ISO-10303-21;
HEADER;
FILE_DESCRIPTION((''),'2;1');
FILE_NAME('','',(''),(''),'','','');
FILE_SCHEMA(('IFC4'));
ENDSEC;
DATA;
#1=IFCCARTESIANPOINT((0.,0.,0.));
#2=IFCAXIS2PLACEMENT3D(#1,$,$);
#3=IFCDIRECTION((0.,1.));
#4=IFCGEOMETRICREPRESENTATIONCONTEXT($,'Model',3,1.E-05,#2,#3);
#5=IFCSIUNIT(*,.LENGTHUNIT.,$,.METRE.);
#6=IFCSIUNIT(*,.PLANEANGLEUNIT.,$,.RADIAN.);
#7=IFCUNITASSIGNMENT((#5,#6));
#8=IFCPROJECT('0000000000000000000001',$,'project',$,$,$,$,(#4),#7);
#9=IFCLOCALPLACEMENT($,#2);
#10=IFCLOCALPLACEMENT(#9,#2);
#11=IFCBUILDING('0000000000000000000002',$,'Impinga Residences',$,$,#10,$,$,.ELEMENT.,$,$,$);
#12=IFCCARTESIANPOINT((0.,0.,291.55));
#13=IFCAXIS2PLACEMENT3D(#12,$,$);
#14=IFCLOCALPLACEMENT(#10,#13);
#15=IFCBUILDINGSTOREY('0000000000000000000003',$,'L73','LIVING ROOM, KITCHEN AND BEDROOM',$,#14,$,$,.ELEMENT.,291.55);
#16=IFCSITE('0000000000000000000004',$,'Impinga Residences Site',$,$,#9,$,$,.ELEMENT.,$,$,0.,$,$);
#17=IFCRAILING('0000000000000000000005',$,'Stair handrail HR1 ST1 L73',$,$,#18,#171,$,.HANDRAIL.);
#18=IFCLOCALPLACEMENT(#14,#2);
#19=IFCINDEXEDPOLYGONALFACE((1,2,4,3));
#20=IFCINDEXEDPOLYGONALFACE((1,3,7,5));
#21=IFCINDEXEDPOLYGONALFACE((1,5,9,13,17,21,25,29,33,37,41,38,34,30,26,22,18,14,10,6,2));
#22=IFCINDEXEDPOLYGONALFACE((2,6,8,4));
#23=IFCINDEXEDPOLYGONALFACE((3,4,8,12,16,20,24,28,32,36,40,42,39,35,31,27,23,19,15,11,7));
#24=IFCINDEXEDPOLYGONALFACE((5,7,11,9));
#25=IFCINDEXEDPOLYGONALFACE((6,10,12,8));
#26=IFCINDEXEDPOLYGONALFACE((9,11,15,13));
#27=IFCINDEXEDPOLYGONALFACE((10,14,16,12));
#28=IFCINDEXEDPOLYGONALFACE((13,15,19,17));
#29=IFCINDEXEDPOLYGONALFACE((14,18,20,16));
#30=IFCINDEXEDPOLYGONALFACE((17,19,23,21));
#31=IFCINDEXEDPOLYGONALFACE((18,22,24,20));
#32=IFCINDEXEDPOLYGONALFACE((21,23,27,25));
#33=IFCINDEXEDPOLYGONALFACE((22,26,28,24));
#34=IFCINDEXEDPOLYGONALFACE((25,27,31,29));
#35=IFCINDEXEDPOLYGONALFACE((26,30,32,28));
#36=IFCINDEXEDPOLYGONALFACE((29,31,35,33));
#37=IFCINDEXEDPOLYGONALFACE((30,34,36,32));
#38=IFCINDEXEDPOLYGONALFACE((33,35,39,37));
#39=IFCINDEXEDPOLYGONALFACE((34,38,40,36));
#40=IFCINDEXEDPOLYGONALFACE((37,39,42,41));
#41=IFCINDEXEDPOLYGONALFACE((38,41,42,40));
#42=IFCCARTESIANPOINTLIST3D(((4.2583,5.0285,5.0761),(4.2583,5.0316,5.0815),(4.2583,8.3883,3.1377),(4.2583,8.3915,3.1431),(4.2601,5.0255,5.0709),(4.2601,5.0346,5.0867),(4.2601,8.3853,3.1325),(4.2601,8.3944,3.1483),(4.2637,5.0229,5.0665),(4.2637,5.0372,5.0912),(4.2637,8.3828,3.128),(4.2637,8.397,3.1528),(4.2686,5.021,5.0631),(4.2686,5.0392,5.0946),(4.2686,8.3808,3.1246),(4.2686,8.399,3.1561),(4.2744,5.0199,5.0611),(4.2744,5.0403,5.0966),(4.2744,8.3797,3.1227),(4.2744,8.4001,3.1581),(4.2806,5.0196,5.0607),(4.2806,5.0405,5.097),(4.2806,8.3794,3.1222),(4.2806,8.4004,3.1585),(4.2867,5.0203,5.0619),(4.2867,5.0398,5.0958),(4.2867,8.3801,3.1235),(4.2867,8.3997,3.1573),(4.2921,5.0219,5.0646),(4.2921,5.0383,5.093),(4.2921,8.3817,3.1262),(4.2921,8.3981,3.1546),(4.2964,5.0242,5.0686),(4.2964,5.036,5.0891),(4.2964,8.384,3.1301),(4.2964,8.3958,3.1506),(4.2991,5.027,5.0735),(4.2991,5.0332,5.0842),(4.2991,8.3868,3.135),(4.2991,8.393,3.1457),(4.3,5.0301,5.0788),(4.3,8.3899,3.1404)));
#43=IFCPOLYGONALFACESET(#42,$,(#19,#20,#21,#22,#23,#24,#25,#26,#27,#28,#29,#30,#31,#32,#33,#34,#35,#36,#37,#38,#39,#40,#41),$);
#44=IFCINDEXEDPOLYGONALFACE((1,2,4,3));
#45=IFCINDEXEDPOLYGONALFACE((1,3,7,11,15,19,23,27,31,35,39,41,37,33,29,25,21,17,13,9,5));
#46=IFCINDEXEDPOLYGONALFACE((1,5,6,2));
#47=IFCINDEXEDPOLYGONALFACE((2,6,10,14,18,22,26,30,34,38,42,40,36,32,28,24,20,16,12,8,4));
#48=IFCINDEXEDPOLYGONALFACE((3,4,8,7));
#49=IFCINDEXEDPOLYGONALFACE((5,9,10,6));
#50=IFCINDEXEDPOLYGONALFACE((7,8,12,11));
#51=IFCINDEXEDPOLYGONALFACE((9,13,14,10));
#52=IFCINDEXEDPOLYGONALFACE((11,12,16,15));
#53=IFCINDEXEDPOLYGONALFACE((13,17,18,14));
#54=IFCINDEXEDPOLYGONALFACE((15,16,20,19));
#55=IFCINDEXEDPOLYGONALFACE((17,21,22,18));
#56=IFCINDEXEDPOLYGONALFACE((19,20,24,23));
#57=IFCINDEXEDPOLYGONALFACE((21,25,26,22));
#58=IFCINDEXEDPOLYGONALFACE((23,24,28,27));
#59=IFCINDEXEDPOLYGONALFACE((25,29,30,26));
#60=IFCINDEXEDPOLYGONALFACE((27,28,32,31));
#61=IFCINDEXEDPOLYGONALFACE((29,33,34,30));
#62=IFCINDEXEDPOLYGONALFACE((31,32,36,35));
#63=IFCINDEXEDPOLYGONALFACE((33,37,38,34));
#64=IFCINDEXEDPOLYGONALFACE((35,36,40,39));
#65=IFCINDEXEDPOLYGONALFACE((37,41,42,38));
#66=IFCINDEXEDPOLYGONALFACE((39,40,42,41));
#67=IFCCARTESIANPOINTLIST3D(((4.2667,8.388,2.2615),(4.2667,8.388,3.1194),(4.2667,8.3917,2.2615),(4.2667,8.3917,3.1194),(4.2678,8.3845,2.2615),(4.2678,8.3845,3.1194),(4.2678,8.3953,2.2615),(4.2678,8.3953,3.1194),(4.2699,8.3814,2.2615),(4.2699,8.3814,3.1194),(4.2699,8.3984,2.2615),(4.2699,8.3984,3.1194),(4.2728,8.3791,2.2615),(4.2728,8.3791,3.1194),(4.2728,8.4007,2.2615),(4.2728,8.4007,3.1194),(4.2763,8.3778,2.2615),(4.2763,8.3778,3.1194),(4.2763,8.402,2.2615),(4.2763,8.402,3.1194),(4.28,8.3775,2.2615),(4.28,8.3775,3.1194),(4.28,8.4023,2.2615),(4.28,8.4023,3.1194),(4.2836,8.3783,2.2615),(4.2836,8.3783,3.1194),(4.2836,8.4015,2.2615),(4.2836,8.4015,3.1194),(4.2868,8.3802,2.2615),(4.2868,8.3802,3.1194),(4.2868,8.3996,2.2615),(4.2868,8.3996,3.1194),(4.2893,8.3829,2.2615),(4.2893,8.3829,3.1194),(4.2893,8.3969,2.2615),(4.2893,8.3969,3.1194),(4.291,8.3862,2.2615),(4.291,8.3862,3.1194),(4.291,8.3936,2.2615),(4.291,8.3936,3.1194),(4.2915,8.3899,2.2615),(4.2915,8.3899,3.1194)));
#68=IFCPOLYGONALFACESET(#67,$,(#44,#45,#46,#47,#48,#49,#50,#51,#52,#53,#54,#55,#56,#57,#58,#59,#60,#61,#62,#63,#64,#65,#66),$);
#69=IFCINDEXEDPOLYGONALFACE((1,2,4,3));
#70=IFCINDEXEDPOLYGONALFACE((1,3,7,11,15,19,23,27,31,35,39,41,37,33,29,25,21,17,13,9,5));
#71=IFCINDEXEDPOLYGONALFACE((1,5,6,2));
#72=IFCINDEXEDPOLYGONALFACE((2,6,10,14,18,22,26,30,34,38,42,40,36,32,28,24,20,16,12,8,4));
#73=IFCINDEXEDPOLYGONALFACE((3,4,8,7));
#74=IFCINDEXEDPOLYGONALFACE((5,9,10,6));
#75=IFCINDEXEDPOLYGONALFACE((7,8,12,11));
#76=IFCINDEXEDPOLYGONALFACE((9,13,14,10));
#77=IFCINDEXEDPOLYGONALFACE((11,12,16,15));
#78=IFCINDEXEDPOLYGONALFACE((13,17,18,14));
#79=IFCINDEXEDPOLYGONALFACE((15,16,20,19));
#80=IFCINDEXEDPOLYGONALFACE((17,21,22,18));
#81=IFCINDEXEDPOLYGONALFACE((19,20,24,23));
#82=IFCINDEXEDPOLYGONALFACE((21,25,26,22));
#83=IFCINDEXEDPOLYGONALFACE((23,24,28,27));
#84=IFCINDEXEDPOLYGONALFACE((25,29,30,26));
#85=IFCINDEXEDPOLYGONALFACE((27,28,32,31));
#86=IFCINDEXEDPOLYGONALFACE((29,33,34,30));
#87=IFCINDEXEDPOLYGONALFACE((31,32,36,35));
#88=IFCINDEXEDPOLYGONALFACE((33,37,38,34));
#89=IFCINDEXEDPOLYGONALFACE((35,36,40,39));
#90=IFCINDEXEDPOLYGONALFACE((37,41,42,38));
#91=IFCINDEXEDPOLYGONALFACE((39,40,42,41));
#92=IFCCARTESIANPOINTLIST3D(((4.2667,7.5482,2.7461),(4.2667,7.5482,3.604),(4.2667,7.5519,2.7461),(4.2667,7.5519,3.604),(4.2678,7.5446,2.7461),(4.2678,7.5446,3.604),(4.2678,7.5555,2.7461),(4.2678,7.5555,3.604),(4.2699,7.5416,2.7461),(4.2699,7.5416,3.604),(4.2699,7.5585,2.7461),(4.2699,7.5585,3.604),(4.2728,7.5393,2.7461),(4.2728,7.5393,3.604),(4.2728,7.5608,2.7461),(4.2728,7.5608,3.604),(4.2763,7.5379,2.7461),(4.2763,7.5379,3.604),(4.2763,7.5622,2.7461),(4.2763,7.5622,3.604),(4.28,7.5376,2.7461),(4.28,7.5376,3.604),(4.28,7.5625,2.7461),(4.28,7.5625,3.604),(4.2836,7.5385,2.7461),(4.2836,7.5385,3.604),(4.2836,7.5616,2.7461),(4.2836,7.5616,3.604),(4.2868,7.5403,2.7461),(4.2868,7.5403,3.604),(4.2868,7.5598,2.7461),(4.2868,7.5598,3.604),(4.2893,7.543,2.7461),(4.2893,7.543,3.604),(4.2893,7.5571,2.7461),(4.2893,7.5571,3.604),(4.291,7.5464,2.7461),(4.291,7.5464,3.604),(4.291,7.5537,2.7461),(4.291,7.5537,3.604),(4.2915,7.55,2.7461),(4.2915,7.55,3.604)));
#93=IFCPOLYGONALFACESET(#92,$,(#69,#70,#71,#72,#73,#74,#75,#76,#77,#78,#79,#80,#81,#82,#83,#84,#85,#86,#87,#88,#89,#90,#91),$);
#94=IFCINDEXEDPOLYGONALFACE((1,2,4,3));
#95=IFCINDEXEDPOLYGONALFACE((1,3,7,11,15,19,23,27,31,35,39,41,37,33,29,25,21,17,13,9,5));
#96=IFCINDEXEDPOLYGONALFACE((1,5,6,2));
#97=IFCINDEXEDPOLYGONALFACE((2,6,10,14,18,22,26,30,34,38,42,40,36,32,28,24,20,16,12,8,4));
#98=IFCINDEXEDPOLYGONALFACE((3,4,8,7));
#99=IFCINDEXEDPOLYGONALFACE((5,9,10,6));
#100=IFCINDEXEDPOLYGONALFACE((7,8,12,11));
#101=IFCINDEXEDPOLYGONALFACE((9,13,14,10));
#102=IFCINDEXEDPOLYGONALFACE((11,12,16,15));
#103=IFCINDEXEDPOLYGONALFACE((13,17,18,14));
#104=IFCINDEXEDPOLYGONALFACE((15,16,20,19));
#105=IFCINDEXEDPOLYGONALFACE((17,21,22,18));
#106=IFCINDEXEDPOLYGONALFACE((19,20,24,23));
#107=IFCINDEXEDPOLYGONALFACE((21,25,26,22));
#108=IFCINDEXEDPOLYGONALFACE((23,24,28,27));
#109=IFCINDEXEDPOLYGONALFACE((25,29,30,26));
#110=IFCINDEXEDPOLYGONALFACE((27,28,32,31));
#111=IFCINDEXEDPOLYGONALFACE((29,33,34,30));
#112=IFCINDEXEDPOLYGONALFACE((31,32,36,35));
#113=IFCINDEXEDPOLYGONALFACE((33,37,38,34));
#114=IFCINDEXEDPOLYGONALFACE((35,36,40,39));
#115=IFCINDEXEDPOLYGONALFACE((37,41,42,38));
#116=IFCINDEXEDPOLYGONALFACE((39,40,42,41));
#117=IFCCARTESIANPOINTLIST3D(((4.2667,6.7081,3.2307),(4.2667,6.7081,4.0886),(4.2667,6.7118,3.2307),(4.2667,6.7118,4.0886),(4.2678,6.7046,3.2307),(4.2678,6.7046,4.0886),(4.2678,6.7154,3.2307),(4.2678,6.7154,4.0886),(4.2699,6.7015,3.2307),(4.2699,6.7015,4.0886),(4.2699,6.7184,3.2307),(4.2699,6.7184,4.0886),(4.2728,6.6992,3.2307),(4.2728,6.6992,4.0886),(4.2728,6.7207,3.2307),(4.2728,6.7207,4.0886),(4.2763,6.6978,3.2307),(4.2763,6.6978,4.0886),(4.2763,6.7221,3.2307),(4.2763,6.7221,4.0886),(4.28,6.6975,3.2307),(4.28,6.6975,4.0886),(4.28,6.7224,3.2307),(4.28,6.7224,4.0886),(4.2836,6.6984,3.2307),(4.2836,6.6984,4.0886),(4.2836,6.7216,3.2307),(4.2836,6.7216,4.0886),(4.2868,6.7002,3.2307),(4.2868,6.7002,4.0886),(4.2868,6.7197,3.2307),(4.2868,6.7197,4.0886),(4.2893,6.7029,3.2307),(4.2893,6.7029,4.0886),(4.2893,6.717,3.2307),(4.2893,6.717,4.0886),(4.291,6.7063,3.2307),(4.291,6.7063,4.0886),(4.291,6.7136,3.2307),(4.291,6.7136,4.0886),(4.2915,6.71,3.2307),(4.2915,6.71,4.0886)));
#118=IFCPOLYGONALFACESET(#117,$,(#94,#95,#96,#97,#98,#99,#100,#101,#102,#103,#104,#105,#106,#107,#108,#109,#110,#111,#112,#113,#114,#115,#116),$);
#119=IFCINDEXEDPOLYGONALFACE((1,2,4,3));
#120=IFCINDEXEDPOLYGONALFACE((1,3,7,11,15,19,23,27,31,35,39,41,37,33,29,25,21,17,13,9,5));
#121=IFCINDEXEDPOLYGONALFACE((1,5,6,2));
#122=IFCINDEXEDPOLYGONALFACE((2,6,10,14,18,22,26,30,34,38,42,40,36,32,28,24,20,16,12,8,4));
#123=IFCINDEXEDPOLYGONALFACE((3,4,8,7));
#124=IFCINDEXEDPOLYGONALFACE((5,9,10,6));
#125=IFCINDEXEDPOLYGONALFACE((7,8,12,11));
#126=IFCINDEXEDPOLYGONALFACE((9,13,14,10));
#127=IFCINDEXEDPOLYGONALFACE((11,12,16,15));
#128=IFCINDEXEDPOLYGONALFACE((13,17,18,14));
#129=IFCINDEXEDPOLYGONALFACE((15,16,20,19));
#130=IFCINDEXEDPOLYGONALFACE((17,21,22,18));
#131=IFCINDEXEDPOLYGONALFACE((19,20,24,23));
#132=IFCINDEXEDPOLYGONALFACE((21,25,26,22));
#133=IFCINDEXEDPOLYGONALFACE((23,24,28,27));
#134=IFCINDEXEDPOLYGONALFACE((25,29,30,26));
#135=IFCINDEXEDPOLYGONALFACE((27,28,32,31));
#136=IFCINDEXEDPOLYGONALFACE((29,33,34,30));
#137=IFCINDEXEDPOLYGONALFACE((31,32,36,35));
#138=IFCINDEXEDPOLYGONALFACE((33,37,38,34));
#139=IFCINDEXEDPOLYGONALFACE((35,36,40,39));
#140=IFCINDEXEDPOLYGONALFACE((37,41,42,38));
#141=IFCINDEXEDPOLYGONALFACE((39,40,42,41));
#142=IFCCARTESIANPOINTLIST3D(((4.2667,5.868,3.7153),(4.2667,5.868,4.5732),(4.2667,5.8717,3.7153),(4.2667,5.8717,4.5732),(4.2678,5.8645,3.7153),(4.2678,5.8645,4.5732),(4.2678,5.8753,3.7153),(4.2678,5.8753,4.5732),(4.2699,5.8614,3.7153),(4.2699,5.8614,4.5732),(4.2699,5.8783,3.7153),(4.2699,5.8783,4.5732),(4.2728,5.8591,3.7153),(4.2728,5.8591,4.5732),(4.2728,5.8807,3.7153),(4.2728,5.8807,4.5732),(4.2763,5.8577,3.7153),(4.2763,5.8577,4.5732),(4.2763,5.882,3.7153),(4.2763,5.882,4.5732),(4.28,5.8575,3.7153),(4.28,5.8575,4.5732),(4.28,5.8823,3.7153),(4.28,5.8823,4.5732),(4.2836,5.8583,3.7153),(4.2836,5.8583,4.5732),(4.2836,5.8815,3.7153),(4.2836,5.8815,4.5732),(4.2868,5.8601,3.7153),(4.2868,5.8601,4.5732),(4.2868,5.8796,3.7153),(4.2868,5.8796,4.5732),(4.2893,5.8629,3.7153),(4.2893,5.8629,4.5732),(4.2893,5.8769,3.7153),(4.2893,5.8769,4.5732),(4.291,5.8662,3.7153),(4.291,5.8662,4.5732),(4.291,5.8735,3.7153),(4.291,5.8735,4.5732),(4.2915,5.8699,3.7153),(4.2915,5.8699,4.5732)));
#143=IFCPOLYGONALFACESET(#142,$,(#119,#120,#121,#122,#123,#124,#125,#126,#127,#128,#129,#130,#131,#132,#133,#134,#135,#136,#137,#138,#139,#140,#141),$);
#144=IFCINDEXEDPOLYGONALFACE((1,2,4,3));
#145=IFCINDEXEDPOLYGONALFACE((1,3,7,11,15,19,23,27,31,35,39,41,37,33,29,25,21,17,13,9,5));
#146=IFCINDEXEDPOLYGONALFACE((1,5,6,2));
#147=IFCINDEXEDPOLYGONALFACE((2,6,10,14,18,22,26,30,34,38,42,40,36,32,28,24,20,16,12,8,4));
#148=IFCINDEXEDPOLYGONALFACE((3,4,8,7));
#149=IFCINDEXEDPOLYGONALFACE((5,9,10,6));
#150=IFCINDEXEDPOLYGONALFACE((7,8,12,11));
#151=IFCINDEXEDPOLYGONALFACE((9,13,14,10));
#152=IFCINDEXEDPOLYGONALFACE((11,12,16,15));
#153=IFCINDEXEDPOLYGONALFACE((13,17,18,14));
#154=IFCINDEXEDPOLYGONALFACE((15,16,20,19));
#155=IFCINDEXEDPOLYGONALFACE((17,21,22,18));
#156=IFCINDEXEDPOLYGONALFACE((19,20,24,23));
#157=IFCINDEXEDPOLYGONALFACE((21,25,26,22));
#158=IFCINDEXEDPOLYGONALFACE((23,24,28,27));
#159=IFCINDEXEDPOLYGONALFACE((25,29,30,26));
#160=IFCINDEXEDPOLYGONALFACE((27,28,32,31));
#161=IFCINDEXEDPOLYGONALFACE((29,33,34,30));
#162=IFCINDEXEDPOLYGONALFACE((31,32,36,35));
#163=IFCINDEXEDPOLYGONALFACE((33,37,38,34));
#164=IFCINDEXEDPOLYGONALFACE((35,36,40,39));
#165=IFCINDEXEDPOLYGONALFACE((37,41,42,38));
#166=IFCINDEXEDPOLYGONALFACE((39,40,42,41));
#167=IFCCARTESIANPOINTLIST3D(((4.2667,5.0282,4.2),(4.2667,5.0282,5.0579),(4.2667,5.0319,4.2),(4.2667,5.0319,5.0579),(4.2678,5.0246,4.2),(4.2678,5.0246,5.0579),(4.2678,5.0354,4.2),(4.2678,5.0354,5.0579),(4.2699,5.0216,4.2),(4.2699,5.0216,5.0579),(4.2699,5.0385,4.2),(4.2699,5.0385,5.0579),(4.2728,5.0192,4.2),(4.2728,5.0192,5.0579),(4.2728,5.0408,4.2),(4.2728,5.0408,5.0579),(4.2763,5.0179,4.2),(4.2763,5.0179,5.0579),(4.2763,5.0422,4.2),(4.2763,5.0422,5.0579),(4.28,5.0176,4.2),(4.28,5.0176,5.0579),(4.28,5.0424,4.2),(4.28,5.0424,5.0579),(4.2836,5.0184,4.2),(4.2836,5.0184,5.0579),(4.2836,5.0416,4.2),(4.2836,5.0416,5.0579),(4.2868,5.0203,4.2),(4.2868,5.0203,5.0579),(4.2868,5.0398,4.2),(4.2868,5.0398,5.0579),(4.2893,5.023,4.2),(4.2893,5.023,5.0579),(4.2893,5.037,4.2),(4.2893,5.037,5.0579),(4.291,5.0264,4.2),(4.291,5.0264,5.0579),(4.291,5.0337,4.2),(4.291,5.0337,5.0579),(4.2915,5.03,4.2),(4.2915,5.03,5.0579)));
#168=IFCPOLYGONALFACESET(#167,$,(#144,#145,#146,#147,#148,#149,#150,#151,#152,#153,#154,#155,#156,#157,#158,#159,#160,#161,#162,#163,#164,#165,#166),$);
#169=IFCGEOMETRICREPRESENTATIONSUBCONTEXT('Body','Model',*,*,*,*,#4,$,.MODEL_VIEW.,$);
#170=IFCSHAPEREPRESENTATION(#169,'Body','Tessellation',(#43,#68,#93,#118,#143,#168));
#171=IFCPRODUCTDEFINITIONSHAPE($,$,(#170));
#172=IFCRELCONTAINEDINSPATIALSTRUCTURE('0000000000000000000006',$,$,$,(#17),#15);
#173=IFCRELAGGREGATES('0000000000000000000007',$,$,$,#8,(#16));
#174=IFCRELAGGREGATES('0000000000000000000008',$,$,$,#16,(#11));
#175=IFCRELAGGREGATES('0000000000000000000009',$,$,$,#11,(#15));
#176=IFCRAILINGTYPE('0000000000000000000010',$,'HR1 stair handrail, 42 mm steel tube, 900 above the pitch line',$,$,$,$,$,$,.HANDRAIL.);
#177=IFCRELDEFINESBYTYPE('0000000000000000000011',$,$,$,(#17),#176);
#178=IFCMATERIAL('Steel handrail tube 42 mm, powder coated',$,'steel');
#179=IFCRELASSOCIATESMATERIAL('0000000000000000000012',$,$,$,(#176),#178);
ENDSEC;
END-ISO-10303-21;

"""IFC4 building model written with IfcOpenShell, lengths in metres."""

from ifc_helpers import new_model, si_unit, direction, frame, origin, origin_2d, place, context, subcontext, project, spatial, circle, extrude, material, type_object, element, save


model = new_model("IFC4")

# Units and contexts
model_context = context("Model", 3, precision=1e-05, world=origin(), true_north=direction((0.0, 1.0)))
body_context = subcontext(model_context, "Body", "Model", "MODEL_VIEW")
ifc_project = project(units=[si_unit("LENGTHUNIT", "METRE"), si_unit("PLANEANGLEUNIT", "RADIAN")], contexts=[model_context])

# Site, building, storey
site_placement = place(None, origin())
site = spatial("IfcSite", under=ifc_project, at=site_placement, Name="Impinga Residences Site", CompositionType="ELEMENT", RefElevation=0.0)
building_placement = place(site_placement, origin())
building = spatial("IfcBuilding", under=site, at=building_placement, Name="Impinga Residences", CompositionType="ELEMENT")
storey_placement = place(building_placement, frame((0.0, 0.0, 291.55)))
storey = spatial("IfcBuildingStorey", under=building, at=storey_placement, Name="L73", Description="LIVING ROOM, KITCHEN AND BEDROOM", CompositionType="ELEMENT", Elevation=291.55)

# Railing
ifc_material_1 = material(Name="Steel handrail tube 42 mm, powder coated", Category="steel")
railing_type_1 = type_object("IfcRailingType", Name="HR1 stair handrail, 42 mm steel tube, 900 above the pitch line", PredefinedType="HANDRAIL", material=ifc_material_1)
railing_1_placement = place(storey_placement, frame((4.2791, 8.3899, 2.2615)))
element("IfcRailing", 1, at=railing_1_placement, inside=storey, type_object=railing_type_1, Name="Stair handrail HR1 ST1 L73", PredefinedType="HANDRAIL", context=body_context, shape_type="SweptSolid", body=[
    extrude(circle(Radius=0.021, at=origin_2d()), frame((0.0, 0.0, 0.8789), z_axis=(0.0, -0.866175, 0.499741), x_axis=(1.0, 0.0, 0.0)), (0.0, 0.0, 1.0), 3.8789),
    extrude(circle(Radius=0.0125, at=origin_2d()), origin(), (0.0, 0.0, 1.0), 0.8579),
    extrude(circle(Radius=0.0125, at=origin_2d()), frame((0.0, -0.8398, 0.4846)), (0.0, 0.0, 1.0), 0.8579),
    extrude(circle(Radius=0.0125, at=origin_2d()), frame((0.0, -1.6799, 0.9692)), (0.0, 0.0, 1.0), 0.8579),
    extrude(circle(Radius=0.0125, at=origin_2d()), frame((0.0, -2.52, 1.4539)), (0.0, 0.0, 1.0), 0.8579),
    extrude(circle(Radius=0.0125, at=origin_2d()), frame((0.0, -3.3599, 1.9385)), (0.0, 0.0, 1.0), 0.8579),
])

save(model, "model.ifc")
